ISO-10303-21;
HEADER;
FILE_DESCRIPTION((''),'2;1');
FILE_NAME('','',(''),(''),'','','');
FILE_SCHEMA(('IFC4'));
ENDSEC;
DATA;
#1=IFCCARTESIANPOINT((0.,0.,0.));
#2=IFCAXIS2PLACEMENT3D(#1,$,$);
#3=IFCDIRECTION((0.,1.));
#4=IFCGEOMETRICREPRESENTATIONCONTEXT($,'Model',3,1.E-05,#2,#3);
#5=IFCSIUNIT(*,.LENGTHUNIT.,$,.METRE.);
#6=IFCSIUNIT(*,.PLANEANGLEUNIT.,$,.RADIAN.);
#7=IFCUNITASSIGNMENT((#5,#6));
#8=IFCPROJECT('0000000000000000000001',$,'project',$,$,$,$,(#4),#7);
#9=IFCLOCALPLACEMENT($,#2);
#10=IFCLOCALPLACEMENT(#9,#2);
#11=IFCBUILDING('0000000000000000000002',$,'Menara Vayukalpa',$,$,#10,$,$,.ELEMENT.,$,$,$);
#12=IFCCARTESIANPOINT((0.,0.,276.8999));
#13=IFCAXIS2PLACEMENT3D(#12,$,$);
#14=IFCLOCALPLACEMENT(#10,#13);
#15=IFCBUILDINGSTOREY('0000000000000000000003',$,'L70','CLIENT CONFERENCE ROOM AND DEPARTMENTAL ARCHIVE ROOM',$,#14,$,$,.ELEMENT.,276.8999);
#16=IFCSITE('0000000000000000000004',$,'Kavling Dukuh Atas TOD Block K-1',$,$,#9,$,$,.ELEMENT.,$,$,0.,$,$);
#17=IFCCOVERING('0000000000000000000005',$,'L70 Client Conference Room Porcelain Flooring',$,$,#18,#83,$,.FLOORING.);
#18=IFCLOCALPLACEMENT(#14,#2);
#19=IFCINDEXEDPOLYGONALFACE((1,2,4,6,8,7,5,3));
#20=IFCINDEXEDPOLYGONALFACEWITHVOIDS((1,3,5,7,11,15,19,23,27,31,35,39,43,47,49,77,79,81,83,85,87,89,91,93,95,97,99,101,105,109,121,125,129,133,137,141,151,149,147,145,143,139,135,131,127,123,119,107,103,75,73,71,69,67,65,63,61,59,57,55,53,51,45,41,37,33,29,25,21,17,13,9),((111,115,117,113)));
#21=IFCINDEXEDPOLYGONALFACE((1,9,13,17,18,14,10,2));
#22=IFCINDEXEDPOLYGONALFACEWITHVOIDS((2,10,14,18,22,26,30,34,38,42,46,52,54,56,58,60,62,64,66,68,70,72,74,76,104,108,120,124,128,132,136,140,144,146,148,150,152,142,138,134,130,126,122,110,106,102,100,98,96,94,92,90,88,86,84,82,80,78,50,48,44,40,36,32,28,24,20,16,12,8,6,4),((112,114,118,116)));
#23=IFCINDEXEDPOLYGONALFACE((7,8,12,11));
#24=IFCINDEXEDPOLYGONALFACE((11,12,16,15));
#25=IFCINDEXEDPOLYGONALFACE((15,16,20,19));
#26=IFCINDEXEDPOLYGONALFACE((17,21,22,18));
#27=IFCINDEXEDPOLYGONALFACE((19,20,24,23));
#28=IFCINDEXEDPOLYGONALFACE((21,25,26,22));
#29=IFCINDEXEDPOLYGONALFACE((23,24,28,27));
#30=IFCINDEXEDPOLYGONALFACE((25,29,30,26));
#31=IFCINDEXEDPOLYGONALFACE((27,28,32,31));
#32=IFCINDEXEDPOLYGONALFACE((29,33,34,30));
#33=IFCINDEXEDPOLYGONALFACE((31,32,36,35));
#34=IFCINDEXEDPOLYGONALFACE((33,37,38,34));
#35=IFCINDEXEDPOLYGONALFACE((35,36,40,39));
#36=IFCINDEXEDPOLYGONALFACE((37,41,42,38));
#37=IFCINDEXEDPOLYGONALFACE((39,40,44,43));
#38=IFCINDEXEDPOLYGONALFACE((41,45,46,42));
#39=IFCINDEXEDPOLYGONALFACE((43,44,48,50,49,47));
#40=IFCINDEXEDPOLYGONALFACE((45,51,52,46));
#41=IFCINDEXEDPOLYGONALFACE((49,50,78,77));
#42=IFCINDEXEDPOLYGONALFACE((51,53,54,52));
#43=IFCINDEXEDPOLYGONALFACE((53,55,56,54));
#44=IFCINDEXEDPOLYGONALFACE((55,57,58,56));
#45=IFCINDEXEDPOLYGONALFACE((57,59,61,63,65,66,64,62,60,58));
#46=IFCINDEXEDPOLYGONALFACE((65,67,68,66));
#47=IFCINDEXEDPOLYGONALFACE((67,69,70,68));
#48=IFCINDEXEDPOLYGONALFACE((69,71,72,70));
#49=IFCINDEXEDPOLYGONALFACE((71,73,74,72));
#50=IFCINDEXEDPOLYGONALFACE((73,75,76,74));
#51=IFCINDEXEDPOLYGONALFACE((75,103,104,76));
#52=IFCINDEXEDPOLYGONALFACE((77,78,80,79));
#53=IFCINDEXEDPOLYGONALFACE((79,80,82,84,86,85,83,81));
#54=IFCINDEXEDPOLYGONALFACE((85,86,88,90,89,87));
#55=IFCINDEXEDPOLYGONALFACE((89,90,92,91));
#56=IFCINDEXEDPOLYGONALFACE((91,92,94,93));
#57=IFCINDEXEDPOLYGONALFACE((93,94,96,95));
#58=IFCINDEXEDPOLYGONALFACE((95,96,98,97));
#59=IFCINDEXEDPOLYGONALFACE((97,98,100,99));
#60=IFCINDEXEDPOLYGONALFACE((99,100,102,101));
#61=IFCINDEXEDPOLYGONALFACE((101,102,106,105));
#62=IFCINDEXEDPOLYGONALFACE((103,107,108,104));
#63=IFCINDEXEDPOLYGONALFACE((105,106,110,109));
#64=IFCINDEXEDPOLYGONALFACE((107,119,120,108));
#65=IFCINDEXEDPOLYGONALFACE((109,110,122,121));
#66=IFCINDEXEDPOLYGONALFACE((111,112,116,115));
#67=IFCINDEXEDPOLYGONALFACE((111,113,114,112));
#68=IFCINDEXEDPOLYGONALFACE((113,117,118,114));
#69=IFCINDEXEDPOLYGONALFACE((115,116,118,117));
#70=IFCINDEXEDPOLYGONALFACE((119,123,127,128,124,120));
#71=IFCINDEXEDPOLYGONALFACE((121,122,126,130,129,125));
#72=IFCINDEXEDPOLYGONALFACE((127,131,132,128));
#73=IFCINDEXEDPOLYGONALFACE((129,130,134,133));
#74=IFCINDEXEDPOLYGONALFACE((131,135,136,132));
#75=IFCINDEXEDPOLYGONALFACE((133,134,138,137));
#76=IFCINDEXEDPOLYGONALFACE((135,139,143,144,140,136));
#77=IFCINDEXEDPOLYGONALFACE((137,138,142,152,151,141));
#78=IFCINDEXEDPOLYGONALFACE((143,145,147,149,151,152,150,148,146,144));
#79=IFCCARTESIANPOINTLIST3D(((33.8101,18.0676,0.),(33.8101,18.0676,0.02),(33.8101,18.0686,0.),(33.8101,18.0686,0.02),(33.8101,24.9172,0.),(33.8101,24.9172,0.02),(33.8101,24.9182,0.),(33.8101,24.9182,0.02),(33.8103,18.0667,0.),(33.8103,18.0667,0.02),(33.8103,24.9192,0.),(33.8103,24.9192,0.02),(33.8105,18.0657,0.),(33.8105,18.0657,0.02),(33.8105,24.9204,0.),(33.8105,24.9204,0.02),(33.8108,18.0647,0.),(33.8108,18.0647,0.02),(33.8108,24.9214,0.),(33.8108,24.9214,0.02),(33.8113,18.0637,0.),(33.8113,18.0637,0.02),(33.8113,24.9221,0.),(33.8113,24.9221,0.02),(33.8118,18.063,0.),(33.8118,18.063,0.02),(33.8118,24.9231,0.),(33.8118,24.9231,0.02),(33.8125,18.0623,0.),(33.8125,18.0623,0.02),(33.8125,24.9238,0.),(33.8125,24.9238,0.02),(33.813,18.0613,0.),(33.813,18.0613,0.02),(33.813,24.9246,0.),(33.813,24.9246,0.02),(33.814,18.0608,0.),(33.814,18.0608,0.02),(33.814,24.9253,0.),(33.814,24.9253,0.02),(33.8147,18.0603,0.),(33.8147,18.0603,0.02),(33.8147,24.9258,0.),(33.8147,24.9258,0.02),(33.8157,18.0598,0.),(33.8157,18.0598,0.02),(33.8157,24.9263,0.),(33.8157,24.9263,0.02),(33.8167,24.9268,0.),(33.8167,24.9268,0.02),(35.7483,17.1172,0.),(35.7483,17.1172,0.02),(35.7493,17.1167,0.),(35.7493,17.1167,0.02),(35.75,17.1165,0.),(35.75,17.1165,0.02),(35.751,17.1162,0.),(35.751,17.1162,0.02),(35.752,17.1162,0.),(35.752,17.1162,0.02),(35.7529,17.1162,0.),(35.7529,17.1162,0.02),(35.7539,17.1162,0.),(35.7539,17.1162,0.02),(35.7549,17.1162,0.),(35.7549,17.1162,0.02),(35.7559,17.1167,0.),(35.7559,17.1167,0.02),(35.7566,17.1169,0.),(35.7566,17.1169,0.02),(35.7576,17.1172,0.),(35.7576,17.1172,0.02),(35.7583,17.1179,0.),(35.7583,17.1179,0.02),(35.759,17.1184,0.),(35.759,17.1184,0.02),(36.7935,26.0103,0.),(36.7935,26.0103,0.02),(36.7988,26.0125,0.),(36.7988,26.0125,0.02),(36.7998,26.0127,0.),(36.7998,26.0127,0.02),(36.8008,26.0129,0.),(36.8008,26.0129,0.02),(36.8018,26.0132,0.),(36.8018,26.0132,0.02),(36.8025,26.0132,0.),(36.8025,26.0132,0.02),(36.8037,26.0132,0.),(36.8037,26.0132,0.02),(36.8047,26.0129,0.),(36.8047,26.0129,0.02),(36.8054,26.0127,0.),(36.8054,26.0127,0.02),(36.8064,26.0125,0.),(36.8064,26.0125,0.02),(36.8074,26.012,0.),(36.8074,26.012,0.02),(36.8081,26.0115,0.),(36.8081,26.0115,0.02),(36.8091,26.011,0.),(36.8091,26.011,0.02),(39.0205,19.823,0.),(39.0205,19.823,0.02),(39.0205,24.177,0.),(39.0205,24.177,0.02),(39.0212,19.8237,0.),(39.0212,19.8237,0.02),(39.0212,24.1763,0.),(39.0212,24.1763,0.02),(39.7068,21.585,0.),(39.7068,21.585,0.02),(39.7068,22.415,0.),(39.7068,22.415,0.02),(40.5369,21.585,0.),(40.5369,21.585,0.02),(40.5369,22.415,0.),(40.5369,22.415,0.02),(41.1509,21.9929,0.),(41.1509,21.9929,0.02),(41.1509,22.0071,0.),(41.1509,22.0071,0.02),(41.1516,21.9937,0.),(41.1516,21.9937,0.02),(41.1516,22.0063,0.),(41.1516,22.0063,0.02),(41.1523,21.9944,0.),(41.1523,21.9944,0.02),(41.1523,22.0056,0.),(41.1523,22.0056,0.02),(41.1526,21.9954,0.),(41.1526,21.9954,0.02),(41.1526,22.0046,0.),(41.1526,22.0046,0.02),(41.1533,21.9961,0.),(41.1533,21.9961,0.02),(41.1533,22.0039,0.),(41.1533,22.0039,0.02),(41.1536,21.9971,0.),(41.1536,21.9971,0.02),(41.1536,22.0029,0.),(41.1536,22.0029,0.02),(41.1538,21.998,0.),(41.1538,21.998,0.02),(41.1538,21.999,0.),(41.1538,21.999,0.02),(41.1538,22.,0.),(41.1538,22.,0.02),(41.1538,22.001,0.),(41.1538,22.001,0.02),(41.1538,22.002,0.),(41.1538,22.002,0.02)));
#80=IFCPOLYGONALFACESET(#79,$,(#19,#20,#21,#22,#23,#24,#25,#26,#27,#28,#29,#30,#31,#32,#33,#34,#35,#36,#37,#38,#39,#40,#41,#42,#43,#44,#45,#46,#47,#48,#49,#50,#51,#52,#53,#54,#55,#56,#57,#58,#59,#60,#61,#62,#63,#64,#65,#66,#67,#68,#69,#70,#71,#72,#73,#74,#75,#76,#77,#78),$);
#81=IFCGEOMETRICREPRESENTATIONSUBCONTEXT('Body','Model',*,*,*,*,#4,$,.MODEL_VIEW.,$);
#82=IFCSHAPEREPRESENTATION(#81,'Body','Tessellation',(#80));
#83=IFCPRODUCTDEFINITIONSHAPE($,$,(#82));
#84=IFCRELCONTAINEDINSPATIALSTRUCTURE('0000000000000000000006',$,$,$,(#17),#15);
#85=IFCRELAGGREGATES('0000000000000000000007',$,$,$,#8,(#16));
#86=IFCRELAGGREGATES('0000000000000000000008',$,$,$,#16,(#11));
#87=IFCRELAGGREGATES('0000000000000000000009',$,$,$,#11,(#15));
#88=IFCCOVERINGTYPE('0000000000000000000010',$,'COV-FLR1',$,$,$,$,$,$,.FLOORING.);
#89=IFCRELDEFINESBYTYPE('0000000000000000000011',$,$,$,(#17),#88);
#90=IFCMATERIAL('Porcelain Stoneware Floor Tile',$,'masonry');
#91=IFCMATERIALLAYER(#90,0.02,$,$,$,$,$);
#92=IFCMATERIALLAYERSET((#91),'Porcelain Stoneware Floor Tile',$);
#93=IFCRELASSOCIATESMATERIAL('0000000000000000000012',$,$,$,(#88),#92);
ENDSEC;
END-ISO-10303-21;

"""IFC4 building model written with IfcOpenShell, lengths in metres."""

from ifc_helpers import new_model, si_unit, direction, frame, origin, place, context, subcontext, project, spatial, polyline, outline, extrude, material, layer, layer_set, type_object, element, save


model = new_model("IFC4")

# Units and contexts
model_context = context("Model", 3, precision=1e-05, world=origin(), true_north=direction((0.0, 1.0)))
body_context = subcontext(model_context, "Body", "Model", "MODEL_VIEW")
ifc_project = project(units=[si_unit("LENGTHUNIT", "METRE"), si_unit("PLANEANGLEUNIT", "RADIAN")], contexts=[model_context])

# Site, building, storey
site_placement = place(None, origin())
site = spatial("IfcSite", under=ifc_project, at=site_placement, Name="Kavling Dukuh Atas TOD Block K-1", CompositionType="ELEMENT", RefElevation=0.0)
building_placement = place(site_placement, origin())
building = spatial("IfcBuilding", under=site, at=building_placement, Name="Menara Vayukalpa", CompositionType="ELEMENT")
storey_placement = place(building_placement, frame((0.0, 0.0, 276.8999)))
storey = spatial("IfcBuildingStorey", under=building, at=storey_placement, Name="L70", Description="CLIENT CONFERENCE ROOM AND DEPARTMENTAL ARCHIVE ROOM", CompositionType="ELEMENT", Elevation=276.8999)

# Covering
ifc_material_1 = material(Name="Porcelain Stoneware Floor Tile", Category="masonry")
ifc_layer_1 = layer(ifc_material_1, 0.02)
ifc_layer_set_1 = layer_set([ifc_layer_1], Name="Porcelain Stoneware Floor Tile")
covering_type_1 = type_object("IfcCoveringType", Name="COV-FLR1", PredefinedType="FLOORING", material=ifc_layer_set_1)
covering_1_placement = place(storey_placement, origin())
element("IfcCovering", 1, at=covering_1_placement, inside=storey, type_object=covering_type_1, Name="L70 Client Conference Room Porcelain Flooring", PredefinedType="FLOORING", context=body_context, shape_type="SweptSolid", body=[
    extrude(outline(polyline([(41.1509, 22.0071), (41.1516, 22.0063), (41.1523, 22.0056), (41.1526, 22.0046), (41.1533, 22.0039), (41.1536, 22.0029), (41.1538, 22.002), (41.1538, 22.001), (41.1538, 22.0), (41.1538, 21.999), (41.1538, 21.998), (41.1536, 21.9971), (41.1533, 21.9961), (41.1526, 21.9954), (41.1523, 21.9944), (41.1516, 21.9937), (41.1509, 21.9929), (39.0212, 19.8237), (39.0205, 19.823), (35.759, 17.1184), (35.7583, 17.1179), (35.7576, 17.1172), (35.7566, 17.1169), (35.7559, 17.1167), (35.7549, 17.1162), (35.7539, 17.1162), (35.7529, 17.1162), (35.752, 17.1162), (35.751, 17.1162), (35.75, 17.1165), (35.7493, 17.1167), (35.7483, 17.1172), (33.8157, 18.0598), (33.8147, 18.0603), (33.814, 18.0608), (33.813, 18.0613), (33.8125, 18.0623), (33.8118, 18.063), (33.8113, 18.0637), (33.8108, 18.0647), (33.8105, 18.0657), (33.8103, 18.0667), (33.8101, 18.0676), (33.8101, 18.0686), (33.8101, 24.9172), (33.8101, 24.9182), (33.8103, 24.9192), (33.8105, 24.9204), (33.8108, 24.9214), (33.8113, 24.9221), (33.8118, 24.9231), (33.8125, 24.9238), (33.813, 24.9246), (33.814, 24.9253), (33.8147, 24.9258), (33.8157, 24.9263), (33.8167, 24.9268), (36.7935, 26.0103), (36.7988, 26.0125), (36.7998, 26.0127), (36.8008, 26.0129), (36.8018, 26.0132), (36.8025, 26.0132), (36.8037, 26.0132), (36.8047, 26.0129), (36.8054, 26.0127), (36.8064, 26.0125), (36.8074, 26.012), (36.8081, 26.0115), (36.8091, 26.011), (39.0205, 24.177), (39.0212, 24.1763), (41.1509, 22.0071)]), holes=[polyline([(40.5369, 22.415), (39.7068, 22.415), (39.7068, 21.585), (40.5369, 21.585), (40.5369, 22.415)])]), origin(), (0.0, 0.0, 1.0), 0.02),
])

save(model, "model.ifc")
